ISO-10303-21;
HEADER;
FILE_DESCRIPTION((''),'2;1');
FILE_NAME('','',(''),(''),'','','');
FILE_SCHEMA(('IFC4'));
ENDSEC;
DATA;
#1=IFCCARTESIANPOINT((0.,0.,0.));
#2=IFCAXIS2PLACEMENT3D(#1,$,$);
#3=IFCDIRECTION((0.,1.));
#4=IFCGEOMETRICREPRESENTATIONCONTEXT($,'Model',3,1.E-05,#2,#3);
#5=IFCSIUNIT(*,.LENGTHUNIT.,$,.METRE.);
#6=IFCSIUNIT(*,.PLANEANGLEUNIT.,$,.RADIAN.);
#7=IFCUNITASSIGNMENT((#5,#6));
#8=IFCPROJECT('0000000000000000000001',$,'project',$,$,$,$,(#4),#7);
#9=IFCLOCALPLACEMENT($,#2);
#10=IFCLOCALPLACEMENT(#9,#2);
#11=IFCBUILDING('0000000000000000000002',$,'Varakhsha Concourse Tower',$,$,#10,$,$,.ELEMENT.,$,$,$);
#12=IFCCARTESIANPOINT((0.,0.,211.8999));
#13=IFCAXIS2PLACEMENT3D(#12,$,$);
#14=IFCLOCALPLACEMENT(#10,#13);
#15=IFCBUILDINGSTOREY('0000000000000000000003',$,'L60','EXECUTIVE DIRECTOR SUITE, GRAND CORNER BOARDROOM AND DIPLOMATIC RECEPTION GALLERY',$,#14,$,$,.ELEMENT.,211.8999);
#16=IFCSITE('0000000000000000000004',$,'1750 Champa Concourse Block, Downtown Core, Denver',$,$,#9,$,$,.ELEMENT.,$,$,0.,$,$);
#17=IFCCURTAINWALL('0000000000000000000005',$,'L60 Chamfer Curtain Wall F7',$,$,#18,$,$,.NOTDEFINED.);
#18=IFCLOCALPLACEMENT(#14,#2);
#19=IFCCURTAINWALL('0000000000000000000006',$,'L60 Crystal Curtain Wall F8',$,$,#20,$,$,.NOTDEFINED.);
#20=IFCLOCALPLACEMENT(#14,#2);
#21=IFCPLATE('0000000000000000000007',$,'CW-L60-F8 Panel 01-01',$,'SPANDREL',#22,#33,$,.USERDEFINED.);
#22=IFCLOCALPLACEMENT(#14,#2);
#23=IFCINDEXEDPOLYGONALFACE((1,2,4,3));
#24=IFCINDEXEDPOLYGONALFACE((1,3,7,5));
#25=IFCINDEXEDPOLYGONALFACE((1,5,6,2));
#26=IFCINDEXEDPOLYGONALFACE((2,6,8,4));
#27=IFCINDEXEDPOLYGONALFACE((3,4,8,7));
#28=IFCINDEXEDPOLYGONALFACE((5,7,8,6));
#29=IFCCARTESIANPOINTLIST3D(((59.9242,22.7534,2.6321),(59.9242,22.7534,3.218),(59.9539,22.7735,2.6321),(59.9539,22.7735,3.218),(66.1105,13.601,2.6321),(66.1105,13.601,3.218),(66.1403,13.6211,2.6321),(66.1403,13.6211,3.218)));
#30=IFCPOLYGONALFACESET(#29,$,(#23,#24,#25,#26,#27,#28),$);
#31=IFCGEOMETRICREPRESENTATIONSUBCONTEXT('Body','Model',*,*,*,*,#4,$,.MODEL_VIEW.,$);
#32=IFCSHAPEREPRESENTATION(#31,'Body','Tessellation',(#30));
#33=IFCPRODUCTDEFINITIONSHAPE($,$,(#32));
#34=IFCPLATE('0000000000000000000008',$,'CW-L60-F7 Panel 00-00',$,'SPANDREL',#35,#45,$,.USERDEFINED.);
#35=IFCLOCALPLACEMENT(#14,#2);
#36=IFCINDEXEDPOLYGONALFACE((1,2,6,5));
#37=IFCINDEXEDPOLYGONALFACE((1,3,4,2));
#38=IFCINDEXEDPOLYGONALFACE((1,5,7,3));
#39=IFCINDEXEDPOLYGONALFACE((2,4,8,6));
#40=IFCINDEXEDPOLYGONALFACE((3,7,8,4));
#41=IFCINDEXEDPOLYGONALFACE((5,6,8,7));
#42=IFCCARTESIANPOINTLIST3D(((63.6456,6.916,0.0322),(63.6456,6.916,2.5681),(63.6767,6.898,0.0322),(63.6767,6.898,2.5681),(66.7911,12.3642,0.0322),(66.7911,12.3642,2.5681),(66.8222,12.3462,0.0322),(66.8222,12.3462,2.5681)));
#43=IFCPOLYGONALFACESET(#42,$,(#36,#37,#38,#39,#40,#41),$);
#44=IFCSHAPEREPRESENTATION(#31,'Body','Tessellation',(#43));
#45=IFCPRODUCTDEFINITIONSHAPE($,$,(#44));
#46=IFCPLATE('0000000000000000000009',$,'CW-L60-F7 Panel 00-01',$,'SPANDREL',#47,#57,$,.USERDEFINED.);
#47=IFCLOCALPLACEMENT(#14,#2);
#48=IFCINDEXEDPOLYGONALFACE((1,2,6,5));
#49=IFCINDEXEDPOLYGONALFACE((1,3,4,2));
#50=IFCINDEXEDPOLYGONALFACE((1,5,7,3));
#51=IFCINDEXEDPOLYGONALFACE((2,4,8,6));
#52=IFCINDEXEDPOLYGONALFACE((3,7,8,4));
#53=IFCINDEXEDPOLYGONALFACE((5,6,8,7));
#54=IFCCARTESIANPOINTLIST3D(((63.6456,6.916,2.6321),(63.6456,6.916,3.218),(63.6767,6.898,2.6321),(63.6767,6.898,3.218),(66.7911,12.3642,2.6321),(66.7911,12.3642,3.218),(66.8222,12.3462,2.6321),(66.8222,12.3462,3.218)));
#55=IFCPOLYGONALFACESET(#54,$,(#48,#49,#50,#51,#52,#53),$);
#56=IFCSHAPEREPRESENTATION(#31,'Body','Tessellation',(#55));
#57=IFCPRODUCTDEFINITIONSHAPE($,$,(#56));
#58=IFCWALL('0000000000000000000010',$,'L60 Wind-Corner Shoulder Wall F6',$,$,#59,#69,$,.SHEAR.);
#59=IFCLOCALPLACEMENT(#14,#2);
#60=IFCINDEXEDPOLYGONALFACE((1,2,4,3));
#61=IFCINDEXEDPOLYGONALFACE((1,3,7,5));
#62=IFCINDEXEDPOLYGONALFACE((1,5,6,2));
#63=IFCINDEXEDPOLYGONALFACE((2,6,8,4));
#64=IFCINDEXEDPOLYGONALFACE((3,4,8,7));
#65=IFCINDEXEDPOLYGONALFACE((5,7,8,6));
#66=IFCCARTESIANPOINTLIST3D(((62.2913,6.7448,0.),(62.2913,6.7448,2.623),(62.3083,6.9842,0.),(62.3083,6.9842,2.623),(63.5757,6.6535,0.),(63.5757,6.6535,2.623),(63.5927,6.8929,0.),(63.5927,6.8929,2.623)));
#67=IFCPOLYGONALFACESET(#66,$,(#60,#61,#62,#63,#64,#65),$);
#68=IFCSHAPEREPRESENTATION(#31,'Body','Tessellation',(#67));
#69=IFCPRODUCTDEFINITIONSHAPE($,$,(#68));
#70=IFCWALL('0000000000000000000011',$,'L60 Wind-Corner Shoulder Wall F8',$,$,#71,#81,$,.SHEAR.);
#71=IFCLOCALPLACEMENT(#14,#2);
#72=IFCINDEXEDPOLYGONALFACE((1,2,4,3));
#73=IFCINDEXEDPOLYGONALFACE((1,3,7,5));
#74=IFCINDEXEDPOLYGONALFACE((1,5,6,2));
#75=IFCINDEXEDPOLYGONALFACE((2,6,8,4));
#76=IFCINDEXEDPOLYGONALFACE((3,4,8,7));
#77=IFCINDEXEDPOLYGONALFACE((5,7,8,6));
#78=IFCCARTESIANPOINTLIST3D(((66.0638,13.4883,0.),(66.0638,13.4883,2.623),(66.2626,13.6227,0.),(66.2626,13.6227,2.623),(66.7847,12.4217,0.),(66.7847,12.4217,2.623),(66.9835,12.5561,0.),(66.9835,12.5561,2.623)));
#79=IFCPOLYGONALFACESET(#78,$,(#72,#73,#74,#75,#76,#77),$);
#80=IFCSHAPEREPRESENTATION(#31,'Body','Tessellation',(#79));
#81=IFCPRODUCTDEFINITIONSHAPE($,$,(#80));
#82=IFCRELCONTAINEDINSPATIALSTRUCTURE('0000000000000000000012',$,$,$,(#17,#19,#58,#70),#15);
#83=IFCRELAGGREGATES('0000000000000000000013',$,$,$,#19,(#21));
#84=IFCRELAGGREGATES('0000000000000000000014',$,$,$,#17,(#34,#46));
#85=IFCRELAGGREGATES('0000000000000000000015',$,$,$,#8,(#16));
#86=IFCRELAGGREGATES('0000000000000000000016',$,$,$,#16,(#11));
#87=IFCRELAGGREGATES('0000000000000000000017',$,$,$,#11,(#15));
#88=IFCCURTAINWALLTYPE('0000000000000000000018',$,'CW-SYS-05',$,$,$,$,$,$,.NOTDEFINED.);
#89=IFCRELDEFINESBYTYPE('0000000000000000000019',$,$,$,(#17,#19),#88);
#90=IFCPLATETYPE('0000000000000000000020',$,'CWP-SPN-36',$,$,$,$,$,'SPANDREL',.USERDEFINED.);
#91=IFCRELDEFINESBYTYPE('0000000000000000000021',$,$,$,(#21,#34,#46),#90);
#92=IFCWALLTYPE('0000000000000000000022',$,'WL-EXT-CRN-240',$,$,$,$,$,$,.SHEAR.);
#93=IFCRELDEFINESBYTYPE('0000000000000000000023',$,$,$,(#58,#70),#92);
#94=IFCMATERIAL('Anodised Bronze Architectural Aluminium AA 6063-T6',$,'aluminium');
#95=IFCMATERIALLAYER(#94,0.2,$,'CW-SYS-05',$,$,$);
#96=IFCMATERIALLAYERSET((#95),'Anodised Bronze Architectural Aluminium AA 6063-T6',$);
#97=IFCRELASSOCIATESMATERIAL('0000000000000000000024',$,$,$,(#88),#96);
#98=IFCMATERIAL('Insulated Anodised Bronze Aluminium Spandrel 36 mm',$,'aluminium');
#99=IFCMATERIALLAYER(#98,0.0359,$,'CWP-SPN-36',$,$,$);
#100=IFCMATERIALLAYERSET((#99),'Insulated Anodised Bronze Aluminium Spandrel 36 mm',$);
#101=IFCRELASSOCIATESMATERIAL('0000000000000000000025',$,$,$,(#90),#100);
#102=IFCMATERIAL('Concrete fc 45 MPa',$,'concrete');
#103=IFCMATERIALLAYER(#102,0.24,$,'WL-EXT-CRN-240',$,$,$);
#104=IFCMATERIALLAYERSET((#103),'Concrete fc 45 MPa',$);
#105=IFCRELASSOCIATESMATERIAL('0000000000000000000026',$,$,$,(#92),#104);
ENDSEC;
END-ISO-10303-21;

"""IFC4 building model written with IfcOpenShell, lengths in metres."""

from ifc_helpers import new_model, si_unit, direction, frame, frame_2d, origin, origin_2d, place, context, subcontext, project, spatial, rectangle, extrude, source, transform, mapped, material, layer, layer_set, type_object, type_shapes, element, aggregate, save


model = new_model("IFC4")

# Units and contexts
model_context = context("Model", 3, precision=1e-05, world=origin(), true_north=direction((0.0, 1.0)))
body_context = subcontext(model_context, "Body", "Model", "MODEL_VIEW")
ifc_project = project(units=[si_unit("LENGTHUNIT", "METRE"), si_unit("PLANEANGLEUNIT", "RADIAN")], contexts=[model_context])

# Site, building, storey
site_placement = place(None, origin())
site = spatial("IfcSite", under=ifc_project, at=site_placement, Name="1750 Champa Concourse Block, Downtown Core, Denver", CompositionType="ELEMENT", RefElevation=0.0)
building_placement = place(site_placement, origin())
building = spatial("IfcBuilding", under=site, at=building_placement, Name="Varakhsha Concourse Tower", CompositionType="ELEMENT")
storey_placement = place(building_placement, frame((0.0, 0.0, 211.8999)))
storey = spatial("IfcBuildingStorey", under=building, at=storey_placement, Name="L60", Description="EXECUTIVE DIRECTOR SUITE, GRAND CORNER BOARDROOM AND DIPLOMATIC RECEPTION GALLERY", CompositionType="ELEMENT", Elevation=211.8999)

# Shared definitions
ifc_material_1 = material(Name="Anodised Bronze Architectural Aluminium AA 6063-T6", Category="aluminium")
ifc_layer_1 = layer(ifc_material_1, 0.2, Name="CW-SYS-05")
ifc_layer_set_1 = layer_set([ifc_layer_1], Name="Anodised Bronze Architectural Aluminium AA 6063-T6")
curtain_wall_type = type_object("IfcCurtainWallType", Name="CW-SYS-05", PredefinedType="NOTDEFINED", material=ifc_layer_set_1)

# Curtain wall
curtain_wall_1_placement = place(storey_placement, origin())
curtain_wall_1 = element("IfcCurtainWall", 1, at=curtain_wall_1_placement, inside=storey, type_object=curtain_wall_type, Name="L60 Chamfer Curtain Wall F7", PredefinedType="NOTDEFINED")

# Curtain wall
curtain_wall_2_placement = place(storey_placement, origin())
curtain_wall_2 = element("IfcCurtainWall", 2, at=curtain_wall_2_placement, inside=storey, type_object=curtain_wall_type, Name="L60 Crystal Curtain Wall F8", PredefinedType="NOTDEFINED")

# Plates
ifc_material_2 = material(Name="Insulated Anodised Bronze Aluminium Spandrel 36 mm", Category="aluminium")
ifc_layer_2 = layer(ifc_material_2, 0.0359, Name="CWP-SPN-36")
ifc_layer_set_2 = layer_set([ifc_layer_2], Name="Insulated Anodised Bronze Aluminium Spandrel 36 mm")
plate_type_1 = type_object("IfcPlateType", Name="CWP-SPN-36", ElementType="SPANDREL", PredefinedType="USERDEFINED", material=ifc_layer_set_2)
shared_shape_1 = source(origin(), body_context, "Body", "SweptSolid", [
    extrude(rectangle(XDim=11.0471, YDim=0.0359, at=origin_2d()), origin(), (0.0, 0.0, 1.0), 0.5859),
])
plate_1_placement = place(storey_placement, frame((63.0322, 18.1873, 2.6321), z_axis=(0.0, 0.0, 1.0), x_axis=(0.559999, -0.828494, 0.0)))
plate_1 = element("IfcPlate", 3, at=plate_1_placement, type_object=plate_type_1, Name="CW-L60-F8 Panel 01-01", ObjectType="SPANDREL", PredefinedType="USERDEFINED", context=body_context, shape_type="MappedRepresentation", body=[
    mapped(shared_shape_1, transform((0.0, 0.0, 0.0), scale=1.0)),
])
aggregate(curtain_wall_2, [plate_1])
shared_shape_2 = source(origin(), body_context, "Body", "SweptSolid", [
    extrude(rectangle(XDim=6.291, YDim=0.0359, at=origin_2d()), origin(), (0.0, 0.0, 1.0), 2.5359),
])
plate_2_placement = place(storey_placement, frame((65.2339, 9.6311, 0.0322), z_axis=(0.0, 0.0, 1.0), x_axis=(-0.499994, -0.866029, 0.0)))
plate_2 = element("IfcPlate", 4, at=plate_2_placement, type_object=plate_type_1, Name="CW-L60-F7 Panel 00-00", ObjectType="SPANDREL", PredefinedType="USERDEFINED", context=body_context, shape_type="MappedRepresentation", body=[
    mapped(shared_shape_2, transform((0.0, 0.0, 0.0), scale=1.0)),
])
shared_shape_3 = source(origin(), body_context, "Body", "SweptSolid", [
    extrude(rectangle(XDim=6.291, YDim=0.0359, at=origin_2d()), origin(), (0.0, 0.0, 1.0), 0.5859),
])
type_shapes(plate_type_1, [shared_shape_1, shared_shape_2, shared_shape_3])
plate_3_placement = place(storey_placement, frame((65.2339, 9.6311, 2.6321), z_axis=(0.0, 0.0, 1.0), x_axis=(-0.499994, -0.866029, 0.0)))
plate_3 = element("IfcPlate", 5, at=plate_3_placement, type_object=plate_type_1, Name="CW-L60-F7 Panel 00-01", ObjectType="SPANDREL", PredefinedType="USERDEFINED", context=body_context, shape_type="MappedRepresentation", body=[
    mapped(shared_shape_3, transform((0.0, 0.0, 0.0), scale=1.0)),
])
aggregate(curtain_wall_1, [plate_2, plate_3])

# Walls
ifc_material_3 = material(Name="Concrete fc 45 MPa", Category="concrete")
ifc_layer_3 = layer(ifc_material_3, 0.24, Name="WL-EXT-CRN-240")
ifc_layer_set_3 = layer_set([ifc_layer_3], Name="Concrete fc 45 MPa")
wall_type = type_object("IfcWallType", Name="WL-EXT-CRN-240", PredefinedType="SHEAR", material=ifc_layer_set_3)
wall_1_placement = place(storey_placement, frame((62.2998, 6.8645, 0.0), z_axis=(0.0, 0.0, 1.0), x_axis=(0.997483, -0.07091, 0.0)))
element("IfcWall", 6, at=wall_1_placement, inside=storey, type_object=wall_type, Name="L60 Wind-Corner Shoulder Wall F6", PredefinedType="SHEAR", context=body_context, shape_type="SweptSolid", body=[
    extrude(rectangle(XDim=1.2876, YDim=0.24, at=frame_2d((0.6438, 0.0))), origin(), (0.0, 0.0, 1.0), 2.623),
])
wall_2_placement = place(storey_placement, frame((66.884, 12.489, 0.0), z_axis=(0.0, 0.0, 1.0), x_axis=(-0.559984, 0.828503, 0.0)))
element("IfcWall", 7, at=wall_2_placement, inside=storey, type_object=wall_type, Name="L60 Wind-Corner Shoulder Wall F8", PredefinedType="SHEAR", context=body_context, shape_type="SweptSolid", body=[
    extrude(rectangle(XDim=1.2874, YDim=0.24, at=frame_2d((0.6436, 0.0))), origin(), (0.0, 0.0, 1.0), 2.623),
])

save(model, "model.ifc")
